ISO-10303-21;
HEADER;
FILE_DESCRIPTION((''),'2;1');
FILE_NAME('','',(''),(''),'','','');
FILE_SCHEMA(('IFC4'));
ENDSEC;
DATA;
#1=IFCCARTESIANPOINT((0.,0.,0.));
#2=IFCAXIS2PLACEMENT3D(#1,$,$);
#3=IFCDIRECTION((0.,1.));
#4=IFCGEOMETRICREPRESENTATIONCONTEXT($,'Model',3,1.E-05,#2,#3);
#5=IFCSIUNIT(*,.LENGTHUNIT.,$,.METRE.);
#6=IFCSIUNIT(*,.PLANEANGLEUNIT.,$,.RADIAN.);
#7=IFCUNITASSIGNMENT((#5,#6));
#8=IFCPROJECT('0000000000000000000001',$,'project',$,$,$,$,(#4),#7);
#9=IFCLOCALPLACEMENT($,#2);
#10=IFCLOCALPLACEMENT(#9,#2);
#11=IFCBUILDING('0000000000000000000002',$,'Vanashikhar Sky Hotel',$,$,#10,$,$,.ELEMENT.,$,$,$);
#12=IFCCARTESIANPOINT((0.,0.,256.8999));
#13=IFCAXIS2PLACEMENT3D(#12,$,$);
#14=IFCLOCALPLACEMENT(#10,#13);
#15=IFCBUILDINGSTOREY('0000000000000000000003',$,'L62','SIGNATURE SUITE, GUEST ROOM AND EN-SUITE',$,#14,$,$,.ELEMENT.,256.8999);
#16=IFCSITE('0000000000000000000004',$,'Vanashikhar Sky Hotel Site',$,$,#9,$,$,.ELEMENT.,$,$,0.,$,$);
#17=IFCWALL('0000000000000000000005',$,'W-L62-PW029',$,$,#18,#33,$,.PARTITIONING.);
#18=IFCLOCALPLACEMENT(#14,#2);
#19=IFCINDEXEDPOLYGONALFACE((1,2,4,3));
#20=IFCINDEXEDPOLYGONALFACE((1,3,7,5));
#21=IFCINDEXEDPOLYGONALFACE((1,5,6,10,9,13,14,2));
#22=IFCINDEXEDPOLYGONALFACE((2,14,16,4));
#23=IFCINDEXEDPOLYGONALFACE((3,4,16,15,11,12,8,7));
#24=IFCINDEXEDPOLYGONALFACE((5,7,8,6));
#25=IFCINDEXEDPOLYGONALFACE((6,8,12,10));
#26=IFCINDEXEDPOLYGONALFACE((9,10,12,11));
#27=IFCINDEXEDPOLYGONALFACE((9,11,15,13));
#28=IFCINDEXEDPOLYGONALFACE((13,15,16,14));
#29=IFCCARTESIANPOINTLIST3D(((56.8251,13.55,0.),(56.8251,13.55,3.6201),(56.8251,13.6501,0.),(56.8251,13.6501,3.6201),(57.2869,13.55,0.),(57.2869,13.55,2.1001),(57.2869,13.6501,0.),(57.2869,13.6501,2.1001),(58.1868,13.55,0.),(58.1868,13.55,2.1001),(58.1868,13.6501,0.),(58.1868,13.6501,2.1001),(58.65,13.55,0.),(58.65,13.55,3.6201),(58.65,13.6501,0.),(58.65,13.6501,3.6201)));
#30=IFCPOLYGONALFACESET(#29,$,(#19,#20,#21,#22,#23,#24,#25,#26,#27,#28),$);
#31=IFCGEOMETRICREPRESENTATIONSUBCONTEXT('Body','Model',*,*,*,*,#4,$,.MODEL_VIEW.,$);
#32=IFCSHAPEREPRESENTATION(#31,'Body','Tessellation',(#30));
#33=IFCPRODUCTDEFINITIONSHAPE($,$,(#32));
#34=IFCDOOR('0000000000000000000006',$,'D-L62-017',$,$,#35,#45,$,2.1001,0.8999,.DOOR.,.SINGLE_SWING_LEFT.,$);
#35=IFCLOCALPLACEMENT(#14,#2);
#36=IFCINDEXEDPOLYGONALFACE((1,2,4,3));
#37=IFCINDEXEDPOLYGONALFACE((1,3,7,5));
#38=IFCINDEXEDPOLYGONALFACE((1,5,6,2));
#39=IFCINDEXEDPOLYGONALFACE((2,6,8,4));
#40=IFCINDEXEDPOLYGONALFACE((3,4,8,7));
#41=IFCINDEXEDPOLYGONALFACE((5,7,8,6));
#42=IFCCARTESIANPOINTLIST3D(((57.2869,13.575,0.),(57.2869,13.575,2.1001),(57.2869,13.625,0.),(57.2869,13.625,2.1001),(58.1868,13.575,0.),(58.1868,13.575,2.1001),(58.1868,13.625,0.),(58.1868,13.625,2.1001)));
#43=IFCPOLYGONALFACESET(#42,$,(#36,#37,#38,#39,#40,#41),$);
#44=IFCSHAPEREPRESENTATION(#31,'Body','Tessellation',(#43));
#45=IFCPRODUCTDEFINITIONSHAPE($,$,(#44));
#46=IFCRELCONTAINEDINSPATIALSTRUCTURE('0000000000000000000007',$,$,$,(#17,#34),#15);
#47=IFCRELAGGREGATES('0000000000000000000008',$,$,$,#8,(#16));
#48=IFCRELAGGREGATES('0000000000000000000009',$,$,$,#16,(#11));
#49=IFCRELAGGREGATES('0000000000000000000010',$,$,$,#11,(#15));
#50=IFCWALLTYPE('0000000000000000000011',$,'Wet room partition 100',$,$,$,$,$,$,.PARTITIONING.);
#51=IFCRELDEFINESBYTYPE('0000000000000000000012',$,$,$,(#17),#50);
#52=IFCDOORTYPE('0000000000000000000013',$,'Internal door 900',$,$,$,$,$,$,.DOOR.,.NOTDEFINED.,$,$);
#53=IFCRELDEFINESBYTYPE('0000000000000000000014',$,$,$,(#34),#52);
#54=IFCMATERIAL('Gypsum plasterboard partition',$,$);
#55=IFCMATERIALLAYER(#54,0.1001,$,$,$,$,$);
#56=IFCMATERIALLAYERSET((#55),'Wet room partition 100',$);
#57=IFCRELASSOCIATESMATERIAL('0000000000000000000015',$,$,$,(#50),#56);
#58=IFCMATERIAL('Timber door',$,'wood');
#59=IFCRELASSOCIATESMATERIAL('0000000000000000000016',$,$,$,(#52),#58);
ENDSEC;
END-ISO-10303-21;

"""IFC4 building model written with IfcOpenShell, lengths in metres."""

from ifc_helpers import new_model, si_unit, direction, frame, frame_2d, origin, place, context, subcontext, project, spatial, rectangle, extrude, source, transform, mapped, material, layer, layer_set, type_object, element, fill, save


model = new_model("IFC4")

# Units and contexts
model_context = context("Model", 3, precision=1e-05, world=origin(), true_north=direction((0.0, 1.0)))
body_context = subcontext(model_context, "Body", "Model", "MODEL_VIEW")
ifc_project = project(units=[si_unit("LENGTHUNIT", "METRE"), si_unit("PLANEANGLEUNIT", "RADIAN")], contexts=[model_context])

# Site, building, storey
site_placement = place(None, origin())
site = spatial("IfcSite", under=ifc_project, at=site_placement, Name="Vanashikhar Sky Hotel Site", CompositionType="ELEMENT", RefElevation=0.0)
building_placement = place(site_placement, origin())
building = spatial("IfcBuilding", under=site, at=building_placement, Name="Vanashikhar Sky Hotel", CompositionType="ELEMENT")
storey_placement = place(building_placement, frame((0.0, 0.0, 256.8999)))
storey = spatial("IfcBuildingStorey", under=building, at=storey_placement, Name="L62", Description="SIGNATURE SUITE, GUEST ROOM AND EN-SUITE", CompositionType="ELEMENT", Elevation=256.8999)

# Shared definitions
ifc_material_1 = material(Name="Gypsum plasterboard partition")
ifc_layer_1 = layer(ifc_material_1, 0.1001)
ifc_layer_set_1 = layer_set([ifc_layer_1], Name="Wet room partition 100")
wall_type_1 = type_object("IfcWallType", Name="Wet room partition 100", PredefinedType="PARTITIONING", material=ifc_layer_set_1)
shared_shape_1 = source(origin(), body_context, "Body", "SweptSolid", [
    extrude(rectangle(XDim=0.8999, YDim=2.1001, at=frame_2d((0.45, 1.05))), frame((0.0, 0.0601, 0.0), z_axis=(0.0, -1.0, 0.0), x_axis=(1.0, 0.0, 0.0)), (0.0, 0.0, 1.0), 0.1201),
])
ifc_material_2 = material(Name="Timber door", Category="wood")
door_type_1 = type_object("IfcDoorType", Name="Internal door 900", OperationType="NOTDEFINED", PredefinedType="DOOR", material=ifc_material_2)
shared_shape_2 = source(origin(), body_context, "Body", "SweptSolid", [
    extrude(rectangle(XDim=0.8999, YDim=2.1001, at=frame_2d((0.45, 1.05))), frame((0.0, 0.0249, 0.0), z_axis=(0.0, -1.0, 0.0), x_axis=(1.0, 0.0, 0.0)), (0.0, 0.0, 1.0), 0.05),
])

# Wall, opening, door
shared_shape_3 = source(origin(), body_context, "Body", "SweptSolid", [
    extrude(rectangle(XDim=1.825, YDim=0.1001, at=frame_2d((0.9126, 0.0))), origin(), (0.0, 0.0, 1.0), 3.6201),
])
wall_1_placement = place(storey_placement, frame((56.825, 13.6001, 0.0), z_axis=(0.0, 0.0, 1.0), x_axis=(1.0, 0.0, 0.0)))
wall_1 = element("IfcWall", 1, at=wall_1_placement, inside=storey, type_object=wall_type_1, Name="W-L62-PW029", PredefinedType="PARTITIONING", context=body_context, shape_type="MappedRepresentation", body=[
    mapped(shared_shape_3, transform((0.0, 0.0, 0.0), scale=1.0)),
])
opening_1_placement = place(wall_1_placement, frame((0.4619, 0.0, 0.0)))
opening_1 = element("IfcOpeningElement", 2, at=opening_1_placement, cuts=wall_1, PredefinedType="OPENING", context=body_context, shape_type="MappedRepresentation", body=[
    mapped(shared_shape_1, transform((0.0, 0.0, 0.0), scale=1.0)),
])
door_1_placement = place(opening_1_placement, origin())
door_1 = element("IfcDoor", 3, at=door_1_placement, inside=storey, type_object=door_type_1, Name="D-L62-017", OperationType="SINGLE_SWING_LEFT", OverallHeight=2.1001, OverallWidth=0.8999, PredefinedType="DOOR", context=body_context, shape_type="MappedRepresentation", body=[
    mapped(shared_shape_2, transform((0.0, 0.0, 0.0), scale=1.0)),
])
fill(opening_1, door_1)

save(model, "model.ifc")
